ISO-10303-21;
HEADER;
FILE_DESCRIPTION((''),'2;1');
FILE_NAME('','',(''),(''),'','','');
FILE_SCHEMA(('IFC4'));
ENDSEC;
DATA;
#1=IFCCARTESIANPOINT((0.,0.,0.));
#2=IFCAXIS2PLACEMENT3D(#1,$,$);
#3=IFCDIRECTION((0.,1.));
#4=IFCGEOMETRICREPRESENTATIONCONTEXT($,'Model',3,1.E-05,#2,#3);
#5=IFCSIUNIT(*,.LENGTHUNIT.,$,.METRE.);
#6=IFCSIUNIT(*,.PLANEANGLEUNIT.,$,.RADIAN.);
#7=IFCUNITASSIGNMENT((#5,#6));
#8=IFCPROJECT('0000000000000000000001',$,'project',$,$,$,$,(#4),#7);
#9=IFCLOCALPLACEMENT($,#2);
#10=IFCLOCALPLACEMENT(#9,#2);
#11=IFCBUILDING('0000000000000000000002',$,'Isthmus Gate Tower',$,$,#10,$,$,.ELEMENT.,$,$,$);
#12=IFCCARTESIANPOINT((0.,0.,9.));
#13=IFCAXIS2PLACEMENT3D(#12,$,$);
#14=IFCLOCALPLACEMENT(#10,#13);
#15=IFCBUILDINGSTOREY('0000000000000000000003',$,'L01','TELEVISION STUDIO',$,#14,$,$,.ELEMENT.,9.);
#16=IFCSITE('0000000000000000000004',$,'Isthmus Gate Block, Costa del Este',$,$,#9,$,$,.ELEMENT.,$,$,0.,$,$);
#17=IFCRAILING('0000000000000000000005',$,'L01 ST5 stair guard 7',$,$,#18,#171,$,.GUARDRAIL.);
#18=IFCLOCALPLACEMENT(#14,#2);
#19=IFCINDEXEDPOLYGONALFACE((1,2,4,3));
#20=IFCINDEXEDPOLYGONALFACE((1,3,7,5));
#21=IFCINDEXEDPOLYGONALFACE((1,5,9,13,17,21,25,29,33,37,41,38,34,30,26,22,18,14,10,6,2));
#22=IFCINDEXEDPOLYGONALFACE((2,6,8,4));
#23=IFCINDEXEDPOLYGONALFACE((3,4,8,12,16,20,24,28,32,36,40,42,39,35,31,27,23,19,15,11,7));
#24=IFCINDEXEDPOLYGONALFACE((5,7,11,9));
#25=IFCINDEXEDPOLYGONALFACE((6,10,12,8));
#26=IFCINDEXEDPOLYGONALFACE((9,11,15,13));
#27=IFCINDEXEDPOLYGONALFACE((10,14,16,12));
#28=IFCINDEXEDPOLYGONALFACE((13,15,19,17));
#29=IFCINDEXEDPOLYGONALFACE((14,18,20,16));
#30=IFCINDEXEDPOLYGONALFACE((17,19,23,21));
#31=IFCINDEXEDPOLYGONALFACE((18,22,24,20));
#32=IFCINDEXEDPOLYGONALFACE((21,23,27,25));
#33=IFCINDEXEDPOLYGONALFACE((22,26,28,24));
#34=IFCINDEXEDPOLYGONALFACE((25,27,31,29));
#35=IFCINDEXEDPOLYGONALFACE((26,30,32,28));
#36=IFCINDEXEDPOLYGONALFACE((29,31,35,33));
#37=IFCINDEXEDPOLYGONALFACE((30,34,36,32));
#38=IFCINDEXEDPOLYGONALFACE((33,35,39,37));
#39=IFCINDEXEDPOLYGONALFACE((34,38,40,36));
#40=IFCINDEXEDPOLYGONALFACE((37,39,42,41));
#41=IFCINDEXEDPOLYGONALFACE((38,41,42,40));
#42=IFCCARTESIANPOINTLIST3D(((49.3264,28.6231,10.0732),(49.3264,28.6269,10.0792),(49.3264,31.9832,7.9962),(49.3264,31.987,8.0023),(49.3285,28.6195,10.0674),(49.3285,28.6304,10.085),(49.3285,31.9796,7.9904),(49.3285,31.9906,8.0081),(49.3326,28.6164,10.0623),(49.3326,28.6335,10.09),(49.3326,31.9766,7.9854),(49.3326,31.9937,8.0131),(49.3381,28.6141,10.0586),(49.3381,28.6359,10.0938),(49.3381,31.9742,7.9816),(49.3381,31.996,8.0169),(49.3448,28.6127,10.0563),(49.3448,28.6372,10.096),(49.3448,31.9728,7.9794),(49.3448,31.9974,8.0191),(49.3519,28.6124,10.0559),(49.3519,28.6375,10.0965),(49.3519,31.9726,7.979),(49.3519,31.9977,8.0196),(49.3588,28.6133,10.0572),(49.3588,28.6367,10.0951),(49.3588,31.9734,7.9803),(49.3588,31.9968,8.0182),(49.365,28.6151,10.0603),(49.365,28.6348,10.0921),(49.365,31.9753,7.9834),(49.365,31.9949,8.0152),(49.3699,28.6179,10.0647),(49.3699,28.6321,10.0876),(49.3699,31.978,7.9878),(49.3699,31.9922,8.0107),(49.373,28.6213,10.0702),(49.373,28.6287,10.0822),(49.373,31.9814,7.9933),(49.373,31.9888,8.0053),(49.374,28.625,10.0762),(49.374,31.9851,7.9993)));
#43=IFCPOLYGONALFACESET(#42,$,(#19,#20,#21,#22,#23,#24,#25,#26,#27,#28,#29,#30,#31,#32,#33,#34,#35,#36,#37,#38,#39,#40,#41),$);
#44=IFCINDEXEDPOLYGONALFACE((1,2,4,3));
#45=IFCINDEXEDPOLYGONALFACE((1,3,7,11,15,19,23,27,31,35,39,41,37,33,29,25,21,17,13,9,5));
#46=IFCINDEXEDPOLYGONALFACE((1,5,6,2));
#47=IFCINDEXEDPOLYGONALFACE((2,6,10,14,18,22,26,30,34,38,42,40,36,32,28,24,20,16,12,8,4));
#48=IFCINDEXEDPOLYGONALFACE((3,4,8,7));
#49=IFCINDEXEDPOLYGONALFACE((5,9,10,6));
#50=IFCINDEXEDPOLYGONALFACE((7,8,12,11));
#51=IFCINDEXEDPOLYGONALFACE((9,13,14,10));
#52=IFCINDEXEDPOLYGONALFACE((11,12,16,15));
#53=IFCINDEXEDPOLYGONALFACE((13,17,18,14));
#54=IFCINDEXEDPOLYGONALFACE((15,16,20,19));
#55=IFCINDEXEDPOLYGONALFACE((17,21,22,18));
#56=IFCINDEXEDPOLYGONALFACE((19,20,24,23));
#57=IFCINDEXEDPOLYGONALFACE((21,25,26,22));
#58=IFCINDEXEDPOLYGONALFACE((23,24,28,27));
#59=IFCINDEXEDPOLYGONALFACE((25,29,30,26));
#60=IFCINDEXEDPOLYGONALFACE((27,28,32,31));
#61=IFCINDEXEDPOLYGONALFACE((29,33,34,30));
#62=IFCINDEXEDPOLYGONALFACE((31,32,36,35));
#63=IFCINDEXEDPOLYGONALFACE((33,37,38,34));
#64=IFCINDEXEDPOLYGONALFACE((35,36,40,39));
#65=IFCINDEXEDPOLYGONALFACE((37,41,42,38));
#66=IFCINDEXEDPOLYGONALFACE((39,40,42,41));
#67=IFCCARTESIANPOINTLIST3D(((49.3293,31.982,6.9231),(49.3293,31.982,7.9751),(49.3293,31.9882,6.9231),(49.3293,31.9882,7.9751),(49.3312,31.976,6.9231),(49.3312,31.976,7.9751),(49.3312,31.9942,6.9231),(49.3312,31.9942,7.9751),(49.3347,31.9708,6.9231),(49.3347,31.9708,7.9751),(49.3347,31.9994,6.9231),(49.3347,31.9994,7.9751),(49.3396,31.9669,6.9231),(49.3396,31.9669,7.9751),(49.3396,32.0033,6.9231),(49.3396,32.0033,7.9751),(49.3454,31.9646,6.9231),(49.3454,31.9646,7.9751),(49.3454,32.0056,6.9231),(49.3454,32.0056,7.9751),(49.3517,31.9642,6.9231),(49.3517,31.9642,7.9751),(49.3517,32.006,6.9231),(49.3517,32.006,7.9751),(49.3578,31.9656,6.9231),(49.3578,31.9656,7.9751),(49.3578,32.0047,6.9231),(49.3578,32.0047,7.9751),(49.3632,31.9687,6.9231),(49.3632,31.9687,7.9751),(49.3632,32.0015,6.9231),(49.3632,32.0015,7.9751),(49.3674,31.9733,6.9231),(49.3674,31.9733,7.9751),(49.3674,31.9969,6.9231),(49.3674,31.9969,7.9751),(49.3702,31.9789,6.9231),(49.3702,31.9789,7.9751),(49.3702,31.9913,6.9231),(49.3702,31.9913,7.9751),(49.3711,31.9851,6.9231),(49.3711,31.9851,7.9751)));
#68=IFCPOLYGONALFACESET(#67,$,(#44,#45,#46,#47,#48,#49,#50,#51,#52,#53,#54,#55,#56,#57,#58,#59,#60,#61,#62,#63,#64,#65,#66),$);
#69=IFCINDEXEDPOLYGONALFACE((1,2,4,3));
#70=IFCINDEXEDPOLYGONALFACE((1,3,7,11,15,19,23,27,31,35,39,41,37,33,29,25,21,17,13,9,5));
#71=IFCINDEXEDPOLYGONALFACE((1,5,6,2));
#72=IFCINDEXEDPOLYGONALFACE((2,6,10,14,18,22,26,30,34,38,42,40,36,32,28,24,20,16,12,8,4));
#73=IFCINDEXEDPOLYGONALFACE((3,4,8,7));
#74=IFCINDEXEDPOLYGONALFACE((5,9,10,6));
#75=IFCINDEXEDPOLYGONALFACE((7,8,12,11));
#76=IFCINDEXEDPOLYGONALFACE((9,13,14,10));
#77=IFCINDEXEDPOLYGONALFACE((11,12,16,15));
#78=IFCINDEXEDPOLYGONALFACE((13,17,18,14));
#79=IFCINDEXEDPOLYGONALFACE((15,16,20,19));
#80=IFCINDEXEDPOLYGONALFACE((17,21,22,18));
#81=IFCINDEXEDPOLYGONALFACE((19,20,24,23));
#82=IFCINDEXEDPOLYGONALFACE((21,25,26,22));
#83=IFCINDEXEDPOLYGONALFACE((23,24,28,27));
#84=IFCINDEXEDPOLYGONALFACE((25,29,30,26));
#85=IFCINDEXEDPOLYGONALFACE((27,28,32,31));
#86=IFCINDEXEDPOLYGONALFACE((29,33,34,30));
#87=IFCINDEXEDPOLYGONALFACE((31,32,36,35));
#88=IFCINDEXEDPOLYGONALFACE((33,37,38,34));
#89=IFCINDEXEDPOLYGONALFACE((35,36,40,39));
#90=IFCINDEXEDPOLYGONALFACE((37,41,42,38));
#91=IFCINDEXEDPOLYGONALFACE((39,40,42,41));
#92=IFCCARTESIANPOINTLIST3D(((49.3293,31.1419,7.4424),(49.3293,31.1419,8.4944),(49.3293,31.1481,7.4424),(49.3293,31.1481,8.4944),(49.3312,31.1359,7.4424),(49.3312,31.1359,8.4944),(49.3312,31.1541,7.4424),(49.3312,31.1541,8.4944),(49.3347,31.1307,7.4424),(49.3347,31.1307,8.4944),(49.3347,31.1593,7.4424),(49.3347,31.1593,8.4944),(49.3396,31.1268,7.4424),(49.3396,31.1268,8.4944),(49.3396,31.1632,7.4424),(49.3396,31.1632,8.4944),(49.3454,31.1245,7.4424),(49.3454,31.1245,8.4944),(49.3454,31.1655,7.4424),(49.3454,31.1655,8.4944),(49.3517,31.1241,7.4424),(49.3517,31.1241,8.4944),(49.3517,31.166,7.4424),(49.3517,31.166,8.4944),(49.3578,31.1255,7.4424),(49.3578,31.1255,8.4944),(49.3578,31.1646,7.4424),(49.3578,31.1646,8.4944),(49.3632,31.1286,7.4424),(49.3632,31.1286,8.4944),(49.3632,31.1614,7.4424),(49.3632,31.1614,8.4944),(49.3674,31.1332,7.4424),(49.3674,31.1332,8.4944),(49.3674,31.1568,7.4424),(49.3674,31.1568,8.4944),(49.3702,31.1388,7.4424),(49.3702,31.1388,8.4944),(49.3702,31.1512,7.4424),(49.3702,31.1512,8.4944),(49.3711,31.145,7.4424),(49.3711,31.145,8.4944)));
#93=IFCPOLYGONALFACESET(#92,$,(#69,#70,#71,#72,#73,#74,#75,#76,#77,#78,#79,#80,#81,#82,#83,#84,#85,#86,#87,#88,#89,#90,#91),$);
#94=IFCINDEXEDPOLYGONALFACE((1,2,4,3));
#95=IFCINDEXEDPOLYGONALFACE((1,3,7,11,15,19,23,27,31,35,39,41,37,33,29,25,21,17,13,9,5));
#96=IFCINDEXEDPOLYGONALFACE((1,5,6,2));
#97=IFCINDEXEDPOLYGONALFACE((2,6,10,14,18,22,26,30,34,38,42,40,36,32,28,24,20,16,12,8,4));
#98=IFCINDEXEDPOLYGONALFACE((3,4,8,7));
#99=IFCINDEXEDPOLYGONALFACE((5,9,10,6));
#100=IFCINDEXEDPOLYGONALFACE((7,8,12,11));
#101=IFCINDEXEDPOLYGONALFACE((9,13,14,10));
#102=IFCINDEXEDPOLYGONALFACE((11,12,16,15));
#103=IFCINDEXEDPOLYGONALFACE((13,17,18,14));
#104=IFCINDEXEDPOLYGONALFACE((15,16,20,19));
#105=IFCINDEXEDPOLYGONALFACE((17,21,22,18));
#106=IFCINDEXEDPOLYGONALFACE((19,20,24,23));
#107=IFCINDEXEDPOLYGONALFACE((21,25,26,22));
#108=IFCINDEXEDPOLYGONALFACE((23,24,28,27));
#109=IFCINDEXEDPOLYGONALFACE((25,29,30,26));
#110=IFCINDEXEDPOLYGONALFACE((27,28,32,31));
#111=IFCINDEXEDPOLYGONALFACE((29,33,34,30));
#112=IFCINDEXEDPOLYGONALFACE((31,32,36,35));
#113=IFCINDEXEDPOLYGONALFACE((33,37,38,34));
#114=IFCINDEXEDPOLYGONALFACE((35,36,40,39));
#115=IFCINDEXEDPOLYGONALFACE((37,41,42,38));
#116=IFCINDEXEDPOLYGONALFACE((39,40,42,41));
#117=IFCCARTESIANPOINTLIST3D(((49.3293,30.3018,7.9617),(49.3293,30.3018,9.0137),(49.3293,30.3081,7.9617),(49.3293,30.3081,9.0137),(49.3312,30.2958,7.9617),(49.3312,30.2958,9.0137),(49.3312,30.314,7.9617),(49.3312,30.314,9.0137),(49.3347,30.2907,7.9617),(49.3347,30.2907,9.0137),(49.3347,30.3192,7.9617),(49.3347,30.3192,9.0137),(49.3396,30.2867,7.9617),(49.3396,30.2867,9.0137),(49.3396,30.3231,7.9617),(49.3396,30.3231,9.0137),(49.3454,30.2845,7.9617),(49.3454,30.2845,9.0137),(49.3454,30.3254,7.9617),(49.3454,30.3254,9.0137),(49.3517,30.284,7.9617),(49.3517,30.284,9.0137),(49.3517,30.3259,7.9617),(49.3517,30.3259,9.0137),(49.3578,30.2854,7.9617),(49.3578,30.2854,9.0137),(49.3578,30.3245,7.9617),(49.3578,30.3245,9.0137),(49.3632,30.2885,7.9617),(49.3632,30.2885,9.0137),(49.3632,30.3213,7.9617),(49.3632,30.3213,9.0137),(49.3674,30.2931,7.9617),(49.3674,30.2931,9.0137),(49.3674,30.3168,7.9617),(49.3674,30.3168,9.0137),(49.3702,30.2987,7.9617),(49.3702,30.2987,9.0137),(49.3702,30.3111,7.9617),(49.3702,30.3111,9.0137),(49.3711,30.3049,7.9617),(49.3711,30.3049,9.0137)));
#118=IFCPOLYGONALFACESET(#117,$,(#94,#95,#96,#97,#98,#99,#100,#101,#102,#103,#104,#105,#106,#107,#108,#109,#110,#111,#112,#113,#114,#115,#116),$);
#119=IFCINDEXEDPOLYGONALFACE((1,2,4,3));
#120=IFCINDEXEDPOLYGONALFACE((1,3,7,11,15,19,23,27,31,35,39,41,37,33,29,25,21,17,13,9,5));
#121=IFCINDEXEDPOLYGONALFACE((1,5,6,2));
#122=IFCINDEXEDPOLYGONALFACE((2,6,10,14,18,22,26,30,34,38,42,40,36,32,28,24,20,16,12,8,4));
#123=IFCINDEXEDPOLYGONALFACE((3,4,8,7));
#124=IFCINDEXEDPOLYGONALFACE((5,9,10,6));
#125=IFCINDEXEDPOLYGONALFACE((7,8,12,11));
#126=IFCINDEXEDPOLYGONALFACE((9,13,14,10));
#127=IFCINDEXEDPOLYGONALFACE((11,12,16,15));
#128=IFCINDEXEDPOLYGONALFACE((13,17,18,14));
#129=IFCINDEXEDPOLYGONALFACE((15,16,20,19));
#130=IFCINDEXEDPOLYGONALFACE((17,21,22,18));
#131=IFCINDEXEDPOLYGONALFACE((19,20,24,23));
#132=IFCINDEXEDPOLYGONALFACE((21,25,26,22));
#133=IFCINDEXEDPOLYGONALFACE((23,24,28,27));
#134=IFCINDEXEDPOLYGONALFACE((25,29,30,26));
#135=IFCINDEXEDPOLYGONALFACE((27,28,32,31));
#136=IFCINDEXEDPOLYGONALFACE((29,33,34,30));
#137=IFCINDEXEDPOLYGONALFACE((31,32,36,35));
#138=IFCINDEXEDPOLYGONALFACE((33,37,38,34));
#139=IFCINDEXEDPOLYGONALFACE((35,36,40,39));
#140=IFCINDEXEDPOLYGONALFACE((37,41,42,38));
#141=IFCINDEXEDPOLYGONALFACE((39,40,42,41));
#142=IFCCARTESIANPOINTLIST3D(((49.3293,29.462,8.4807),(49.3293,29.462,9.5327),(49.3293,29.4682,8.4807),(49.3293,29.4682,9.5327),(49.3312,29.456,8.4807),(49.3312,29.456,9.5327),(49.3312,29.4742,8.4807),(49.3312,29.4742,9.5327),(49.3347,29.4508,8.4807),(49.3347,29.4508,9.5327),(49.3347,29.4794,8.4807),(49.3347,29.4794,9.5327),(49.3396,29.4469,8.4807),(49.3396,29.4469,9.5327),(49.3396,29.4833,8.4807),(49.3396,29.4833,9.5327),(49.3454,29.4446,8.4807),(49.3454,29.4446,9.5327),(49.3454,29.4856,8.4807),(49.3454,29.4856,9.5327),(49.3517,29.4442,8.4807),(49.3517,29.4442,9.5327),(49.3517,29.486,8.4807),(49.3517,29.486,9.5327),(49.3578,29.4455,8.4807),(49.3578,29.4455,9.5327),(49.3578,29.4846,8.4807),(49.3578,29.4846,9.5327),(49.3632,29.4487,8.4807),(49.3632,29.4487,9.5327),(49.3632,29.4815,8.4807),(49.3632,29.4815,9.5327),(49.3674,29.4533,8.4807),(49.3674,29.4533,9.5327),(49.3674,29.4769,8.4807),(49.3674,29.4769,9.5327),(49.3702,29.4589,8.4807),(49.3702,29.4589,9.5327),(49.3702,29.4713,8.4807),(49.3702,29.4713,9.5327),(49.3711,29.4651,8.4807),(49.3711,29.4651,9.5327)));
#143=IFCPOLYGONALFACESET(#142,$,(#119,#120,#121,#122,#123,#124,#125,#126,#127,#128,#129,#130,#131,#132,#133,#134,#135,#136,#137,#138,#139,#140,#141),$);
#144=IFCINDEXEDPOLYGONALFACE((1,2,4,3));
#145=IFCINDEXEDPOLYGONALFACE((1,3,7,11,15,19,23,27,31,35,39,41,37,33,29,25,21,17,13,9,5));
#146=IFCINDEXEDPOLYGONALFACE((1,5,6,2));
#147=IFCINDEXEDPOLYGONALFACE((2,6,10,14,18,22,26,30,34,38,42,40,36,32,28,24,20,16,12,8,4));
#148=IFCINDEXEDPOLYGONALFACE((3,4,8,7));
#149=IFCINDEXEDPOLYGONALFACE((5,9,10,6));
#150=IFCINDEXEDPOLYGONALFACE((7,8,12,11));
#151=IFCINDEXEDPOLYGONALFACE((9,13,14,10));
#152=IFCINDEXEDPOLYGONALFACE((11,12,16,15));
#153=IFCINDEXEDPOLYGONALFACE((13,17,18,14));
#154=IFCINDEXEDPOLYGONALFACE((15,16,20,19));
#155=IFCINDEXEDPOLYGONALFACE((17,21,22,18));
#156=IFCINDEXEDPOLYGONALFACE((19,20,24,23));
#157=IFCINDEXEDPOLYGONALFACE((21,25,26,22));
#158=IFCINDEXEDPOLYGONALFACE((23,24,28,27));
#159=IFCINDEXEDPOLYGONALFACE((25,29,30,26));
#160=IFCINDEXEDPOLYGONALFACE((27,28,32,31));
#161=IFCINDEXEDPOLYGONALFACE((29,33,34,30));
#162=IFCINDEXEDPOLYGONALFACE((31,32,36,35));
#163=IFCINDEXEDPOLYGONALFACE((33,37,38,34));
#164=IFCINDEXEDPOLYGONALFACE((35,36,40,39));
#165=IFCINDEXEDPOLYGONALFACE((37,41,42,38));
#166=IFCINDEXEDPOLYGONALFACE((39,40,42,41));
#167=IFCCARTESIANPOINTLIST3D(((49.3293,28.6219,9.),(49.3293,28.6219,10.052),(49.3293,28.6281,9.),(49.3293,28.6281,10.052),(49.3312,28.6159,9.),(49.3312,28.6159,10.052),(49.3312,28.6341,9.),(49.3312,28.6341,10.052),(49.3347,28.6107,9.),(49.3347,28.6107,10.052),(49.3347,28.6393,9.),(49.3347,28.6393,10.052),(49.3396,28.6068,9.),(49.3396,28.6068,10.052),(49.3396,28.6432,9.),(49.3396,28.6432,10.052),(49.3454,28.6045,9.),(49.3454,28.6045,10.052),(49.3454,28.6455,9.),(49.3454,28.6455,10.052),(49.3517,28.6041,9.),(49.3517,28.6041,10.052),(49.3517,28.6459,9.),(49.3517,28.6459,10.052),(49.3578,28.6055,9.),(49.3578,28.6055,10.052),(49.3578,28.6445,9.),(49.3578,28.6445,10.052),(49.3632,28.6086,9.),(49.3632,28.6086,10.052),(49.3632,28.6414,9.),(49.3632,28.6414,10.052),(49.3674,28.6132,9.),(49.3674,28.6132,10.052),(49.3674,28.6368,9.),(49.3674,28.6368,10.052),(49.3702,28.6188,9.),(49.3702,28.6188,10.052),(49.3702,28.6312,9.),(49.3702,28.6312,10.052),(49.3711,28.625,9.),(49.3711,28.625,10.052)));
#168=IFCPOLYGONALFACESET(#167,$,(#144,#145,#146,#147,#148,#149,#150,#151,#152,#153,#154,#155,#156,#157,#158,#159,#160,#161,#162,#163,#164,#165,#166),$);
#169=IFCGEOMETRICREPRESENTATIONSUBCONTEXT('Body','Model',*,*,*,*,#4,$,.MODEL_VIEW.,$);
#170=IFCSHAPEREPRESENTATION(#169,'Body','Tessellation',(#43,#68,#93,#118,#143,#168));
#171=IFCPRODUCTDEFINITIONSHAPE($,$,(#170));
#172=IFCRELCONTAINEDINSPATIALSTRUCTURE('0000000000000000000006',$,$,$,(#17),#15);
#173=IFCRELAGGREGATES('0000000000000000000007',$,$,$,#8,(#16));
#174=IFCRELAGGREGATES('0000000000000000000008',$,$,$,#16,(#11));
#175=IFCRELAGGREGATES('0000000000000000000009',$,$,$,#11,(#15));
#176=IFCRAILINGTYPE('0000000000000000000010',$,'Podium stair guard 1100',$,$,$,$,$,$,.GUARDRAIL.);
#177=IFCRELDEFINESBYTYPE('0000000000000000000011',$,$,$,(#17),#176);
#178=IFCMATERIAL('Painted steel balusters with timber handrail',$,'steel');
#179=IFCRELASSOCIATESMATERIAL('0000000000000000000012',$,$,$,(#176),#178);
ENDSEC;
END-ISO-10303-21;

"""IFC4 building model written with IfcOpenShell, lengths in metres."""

from ifc_helpers import new_model, si_unit, direction, frame, origin, origin_2d, place, context, subcontext, project, spatial, circle, extrude, material, type_object, element, save


model = new_model("IFC4")

# Units and contexts
model_context = context("Model", 3, precision=1e-05, world=origin(), true_north=direction((0.0, 1.0)))
body_context = subcontext(model_context, "Body", "Model", "MODEL_VIEW")
ifc_project = project(units=[si_unit("LENGTHUNIT", "METRE"), si_unit("PLANEANGLEUNIT", "RADIAN")], contexts=[model_context])

# Site, building, storey
site_placement = place(None, origin())
site = spatial("IfcSite", under=ifc_project, at=site_placement, Name="Isthmus Gate Block, Costa del Este", CompositionType="ELEMENT", RefElevation=0.0)
building_placement = place(site_placement, origin())
building = spatial("IfcBuilding", under=site, at=building_placement, Name="Isthmus Gate Tower", CompositionType="ELEMENT")
storey_placement = place(building_placement, frame((0.0, 0.0, 9.0)))
storey = spatial("IfcBuildingStorey", under=building, at=storey_placement, Name="L01", Description="TELEVISION STUDIO", CompositionType="ELEMENT", Elevation=9.0)

# Railing
ifc_material_1 = material(Name="Painted steel balusters with timber handrail", Category="steel")
railing_type_1 = type_object("IfcRailingType", Name="Podium stair guard 1100", PredefinedType="GUARDRAIL", material=ifc_material_1)
railing_1_placement = place(storey_placement, frame((49.3501, 31.9851, 6.9231)))
element("IfcRailing", 1, at=railing_1_placement, inside=storey, type_object=railing_type_1, Name="L01 ST5 stair guard 7", PredefinedType="GUARDRAIL", context=body_context, shape_type="SweptSolid", body=[
    extrude(circle(Radius=0.0239, at=origin_2d()), frame((0.0, 0.0, 1.0762), z_axis=(0.0, -0.850623, 0.525776), x_axis=(1.0, 0.0, 0.0)), (0.0, 0.0, 1.0), 3.9502),
    extrude(circle(Radius=0.021, at=origin_2d()), origin(), (0.0, 0.0, 1.0), 1.052),
    extrude(circle(Radius=0.021, at=origin_2d()), frame((0.0, -0.8401, 0.5193)), (0.0, 0.0, 1.0), 1.052),
    extrude(circle(Radius=0.021, at=origin_2d()), frame((0.0, -1.6802, 1.0386)), (0.0, 0.0, 1.0), 1.052),
    extrude(circle(Radius=0.021, at=origin_2d()), frame((0.0, -2.52, 1.5576)), (0.0, 0.0, 1.0), 1.052),
    extrude(circle(Radius=0.021, at=origin_2d()), frame((0.0, -3.3601, 2.0769)), (0.0, 0.0, 1.0), 1.052),
])

save(model, "model.ifc")
